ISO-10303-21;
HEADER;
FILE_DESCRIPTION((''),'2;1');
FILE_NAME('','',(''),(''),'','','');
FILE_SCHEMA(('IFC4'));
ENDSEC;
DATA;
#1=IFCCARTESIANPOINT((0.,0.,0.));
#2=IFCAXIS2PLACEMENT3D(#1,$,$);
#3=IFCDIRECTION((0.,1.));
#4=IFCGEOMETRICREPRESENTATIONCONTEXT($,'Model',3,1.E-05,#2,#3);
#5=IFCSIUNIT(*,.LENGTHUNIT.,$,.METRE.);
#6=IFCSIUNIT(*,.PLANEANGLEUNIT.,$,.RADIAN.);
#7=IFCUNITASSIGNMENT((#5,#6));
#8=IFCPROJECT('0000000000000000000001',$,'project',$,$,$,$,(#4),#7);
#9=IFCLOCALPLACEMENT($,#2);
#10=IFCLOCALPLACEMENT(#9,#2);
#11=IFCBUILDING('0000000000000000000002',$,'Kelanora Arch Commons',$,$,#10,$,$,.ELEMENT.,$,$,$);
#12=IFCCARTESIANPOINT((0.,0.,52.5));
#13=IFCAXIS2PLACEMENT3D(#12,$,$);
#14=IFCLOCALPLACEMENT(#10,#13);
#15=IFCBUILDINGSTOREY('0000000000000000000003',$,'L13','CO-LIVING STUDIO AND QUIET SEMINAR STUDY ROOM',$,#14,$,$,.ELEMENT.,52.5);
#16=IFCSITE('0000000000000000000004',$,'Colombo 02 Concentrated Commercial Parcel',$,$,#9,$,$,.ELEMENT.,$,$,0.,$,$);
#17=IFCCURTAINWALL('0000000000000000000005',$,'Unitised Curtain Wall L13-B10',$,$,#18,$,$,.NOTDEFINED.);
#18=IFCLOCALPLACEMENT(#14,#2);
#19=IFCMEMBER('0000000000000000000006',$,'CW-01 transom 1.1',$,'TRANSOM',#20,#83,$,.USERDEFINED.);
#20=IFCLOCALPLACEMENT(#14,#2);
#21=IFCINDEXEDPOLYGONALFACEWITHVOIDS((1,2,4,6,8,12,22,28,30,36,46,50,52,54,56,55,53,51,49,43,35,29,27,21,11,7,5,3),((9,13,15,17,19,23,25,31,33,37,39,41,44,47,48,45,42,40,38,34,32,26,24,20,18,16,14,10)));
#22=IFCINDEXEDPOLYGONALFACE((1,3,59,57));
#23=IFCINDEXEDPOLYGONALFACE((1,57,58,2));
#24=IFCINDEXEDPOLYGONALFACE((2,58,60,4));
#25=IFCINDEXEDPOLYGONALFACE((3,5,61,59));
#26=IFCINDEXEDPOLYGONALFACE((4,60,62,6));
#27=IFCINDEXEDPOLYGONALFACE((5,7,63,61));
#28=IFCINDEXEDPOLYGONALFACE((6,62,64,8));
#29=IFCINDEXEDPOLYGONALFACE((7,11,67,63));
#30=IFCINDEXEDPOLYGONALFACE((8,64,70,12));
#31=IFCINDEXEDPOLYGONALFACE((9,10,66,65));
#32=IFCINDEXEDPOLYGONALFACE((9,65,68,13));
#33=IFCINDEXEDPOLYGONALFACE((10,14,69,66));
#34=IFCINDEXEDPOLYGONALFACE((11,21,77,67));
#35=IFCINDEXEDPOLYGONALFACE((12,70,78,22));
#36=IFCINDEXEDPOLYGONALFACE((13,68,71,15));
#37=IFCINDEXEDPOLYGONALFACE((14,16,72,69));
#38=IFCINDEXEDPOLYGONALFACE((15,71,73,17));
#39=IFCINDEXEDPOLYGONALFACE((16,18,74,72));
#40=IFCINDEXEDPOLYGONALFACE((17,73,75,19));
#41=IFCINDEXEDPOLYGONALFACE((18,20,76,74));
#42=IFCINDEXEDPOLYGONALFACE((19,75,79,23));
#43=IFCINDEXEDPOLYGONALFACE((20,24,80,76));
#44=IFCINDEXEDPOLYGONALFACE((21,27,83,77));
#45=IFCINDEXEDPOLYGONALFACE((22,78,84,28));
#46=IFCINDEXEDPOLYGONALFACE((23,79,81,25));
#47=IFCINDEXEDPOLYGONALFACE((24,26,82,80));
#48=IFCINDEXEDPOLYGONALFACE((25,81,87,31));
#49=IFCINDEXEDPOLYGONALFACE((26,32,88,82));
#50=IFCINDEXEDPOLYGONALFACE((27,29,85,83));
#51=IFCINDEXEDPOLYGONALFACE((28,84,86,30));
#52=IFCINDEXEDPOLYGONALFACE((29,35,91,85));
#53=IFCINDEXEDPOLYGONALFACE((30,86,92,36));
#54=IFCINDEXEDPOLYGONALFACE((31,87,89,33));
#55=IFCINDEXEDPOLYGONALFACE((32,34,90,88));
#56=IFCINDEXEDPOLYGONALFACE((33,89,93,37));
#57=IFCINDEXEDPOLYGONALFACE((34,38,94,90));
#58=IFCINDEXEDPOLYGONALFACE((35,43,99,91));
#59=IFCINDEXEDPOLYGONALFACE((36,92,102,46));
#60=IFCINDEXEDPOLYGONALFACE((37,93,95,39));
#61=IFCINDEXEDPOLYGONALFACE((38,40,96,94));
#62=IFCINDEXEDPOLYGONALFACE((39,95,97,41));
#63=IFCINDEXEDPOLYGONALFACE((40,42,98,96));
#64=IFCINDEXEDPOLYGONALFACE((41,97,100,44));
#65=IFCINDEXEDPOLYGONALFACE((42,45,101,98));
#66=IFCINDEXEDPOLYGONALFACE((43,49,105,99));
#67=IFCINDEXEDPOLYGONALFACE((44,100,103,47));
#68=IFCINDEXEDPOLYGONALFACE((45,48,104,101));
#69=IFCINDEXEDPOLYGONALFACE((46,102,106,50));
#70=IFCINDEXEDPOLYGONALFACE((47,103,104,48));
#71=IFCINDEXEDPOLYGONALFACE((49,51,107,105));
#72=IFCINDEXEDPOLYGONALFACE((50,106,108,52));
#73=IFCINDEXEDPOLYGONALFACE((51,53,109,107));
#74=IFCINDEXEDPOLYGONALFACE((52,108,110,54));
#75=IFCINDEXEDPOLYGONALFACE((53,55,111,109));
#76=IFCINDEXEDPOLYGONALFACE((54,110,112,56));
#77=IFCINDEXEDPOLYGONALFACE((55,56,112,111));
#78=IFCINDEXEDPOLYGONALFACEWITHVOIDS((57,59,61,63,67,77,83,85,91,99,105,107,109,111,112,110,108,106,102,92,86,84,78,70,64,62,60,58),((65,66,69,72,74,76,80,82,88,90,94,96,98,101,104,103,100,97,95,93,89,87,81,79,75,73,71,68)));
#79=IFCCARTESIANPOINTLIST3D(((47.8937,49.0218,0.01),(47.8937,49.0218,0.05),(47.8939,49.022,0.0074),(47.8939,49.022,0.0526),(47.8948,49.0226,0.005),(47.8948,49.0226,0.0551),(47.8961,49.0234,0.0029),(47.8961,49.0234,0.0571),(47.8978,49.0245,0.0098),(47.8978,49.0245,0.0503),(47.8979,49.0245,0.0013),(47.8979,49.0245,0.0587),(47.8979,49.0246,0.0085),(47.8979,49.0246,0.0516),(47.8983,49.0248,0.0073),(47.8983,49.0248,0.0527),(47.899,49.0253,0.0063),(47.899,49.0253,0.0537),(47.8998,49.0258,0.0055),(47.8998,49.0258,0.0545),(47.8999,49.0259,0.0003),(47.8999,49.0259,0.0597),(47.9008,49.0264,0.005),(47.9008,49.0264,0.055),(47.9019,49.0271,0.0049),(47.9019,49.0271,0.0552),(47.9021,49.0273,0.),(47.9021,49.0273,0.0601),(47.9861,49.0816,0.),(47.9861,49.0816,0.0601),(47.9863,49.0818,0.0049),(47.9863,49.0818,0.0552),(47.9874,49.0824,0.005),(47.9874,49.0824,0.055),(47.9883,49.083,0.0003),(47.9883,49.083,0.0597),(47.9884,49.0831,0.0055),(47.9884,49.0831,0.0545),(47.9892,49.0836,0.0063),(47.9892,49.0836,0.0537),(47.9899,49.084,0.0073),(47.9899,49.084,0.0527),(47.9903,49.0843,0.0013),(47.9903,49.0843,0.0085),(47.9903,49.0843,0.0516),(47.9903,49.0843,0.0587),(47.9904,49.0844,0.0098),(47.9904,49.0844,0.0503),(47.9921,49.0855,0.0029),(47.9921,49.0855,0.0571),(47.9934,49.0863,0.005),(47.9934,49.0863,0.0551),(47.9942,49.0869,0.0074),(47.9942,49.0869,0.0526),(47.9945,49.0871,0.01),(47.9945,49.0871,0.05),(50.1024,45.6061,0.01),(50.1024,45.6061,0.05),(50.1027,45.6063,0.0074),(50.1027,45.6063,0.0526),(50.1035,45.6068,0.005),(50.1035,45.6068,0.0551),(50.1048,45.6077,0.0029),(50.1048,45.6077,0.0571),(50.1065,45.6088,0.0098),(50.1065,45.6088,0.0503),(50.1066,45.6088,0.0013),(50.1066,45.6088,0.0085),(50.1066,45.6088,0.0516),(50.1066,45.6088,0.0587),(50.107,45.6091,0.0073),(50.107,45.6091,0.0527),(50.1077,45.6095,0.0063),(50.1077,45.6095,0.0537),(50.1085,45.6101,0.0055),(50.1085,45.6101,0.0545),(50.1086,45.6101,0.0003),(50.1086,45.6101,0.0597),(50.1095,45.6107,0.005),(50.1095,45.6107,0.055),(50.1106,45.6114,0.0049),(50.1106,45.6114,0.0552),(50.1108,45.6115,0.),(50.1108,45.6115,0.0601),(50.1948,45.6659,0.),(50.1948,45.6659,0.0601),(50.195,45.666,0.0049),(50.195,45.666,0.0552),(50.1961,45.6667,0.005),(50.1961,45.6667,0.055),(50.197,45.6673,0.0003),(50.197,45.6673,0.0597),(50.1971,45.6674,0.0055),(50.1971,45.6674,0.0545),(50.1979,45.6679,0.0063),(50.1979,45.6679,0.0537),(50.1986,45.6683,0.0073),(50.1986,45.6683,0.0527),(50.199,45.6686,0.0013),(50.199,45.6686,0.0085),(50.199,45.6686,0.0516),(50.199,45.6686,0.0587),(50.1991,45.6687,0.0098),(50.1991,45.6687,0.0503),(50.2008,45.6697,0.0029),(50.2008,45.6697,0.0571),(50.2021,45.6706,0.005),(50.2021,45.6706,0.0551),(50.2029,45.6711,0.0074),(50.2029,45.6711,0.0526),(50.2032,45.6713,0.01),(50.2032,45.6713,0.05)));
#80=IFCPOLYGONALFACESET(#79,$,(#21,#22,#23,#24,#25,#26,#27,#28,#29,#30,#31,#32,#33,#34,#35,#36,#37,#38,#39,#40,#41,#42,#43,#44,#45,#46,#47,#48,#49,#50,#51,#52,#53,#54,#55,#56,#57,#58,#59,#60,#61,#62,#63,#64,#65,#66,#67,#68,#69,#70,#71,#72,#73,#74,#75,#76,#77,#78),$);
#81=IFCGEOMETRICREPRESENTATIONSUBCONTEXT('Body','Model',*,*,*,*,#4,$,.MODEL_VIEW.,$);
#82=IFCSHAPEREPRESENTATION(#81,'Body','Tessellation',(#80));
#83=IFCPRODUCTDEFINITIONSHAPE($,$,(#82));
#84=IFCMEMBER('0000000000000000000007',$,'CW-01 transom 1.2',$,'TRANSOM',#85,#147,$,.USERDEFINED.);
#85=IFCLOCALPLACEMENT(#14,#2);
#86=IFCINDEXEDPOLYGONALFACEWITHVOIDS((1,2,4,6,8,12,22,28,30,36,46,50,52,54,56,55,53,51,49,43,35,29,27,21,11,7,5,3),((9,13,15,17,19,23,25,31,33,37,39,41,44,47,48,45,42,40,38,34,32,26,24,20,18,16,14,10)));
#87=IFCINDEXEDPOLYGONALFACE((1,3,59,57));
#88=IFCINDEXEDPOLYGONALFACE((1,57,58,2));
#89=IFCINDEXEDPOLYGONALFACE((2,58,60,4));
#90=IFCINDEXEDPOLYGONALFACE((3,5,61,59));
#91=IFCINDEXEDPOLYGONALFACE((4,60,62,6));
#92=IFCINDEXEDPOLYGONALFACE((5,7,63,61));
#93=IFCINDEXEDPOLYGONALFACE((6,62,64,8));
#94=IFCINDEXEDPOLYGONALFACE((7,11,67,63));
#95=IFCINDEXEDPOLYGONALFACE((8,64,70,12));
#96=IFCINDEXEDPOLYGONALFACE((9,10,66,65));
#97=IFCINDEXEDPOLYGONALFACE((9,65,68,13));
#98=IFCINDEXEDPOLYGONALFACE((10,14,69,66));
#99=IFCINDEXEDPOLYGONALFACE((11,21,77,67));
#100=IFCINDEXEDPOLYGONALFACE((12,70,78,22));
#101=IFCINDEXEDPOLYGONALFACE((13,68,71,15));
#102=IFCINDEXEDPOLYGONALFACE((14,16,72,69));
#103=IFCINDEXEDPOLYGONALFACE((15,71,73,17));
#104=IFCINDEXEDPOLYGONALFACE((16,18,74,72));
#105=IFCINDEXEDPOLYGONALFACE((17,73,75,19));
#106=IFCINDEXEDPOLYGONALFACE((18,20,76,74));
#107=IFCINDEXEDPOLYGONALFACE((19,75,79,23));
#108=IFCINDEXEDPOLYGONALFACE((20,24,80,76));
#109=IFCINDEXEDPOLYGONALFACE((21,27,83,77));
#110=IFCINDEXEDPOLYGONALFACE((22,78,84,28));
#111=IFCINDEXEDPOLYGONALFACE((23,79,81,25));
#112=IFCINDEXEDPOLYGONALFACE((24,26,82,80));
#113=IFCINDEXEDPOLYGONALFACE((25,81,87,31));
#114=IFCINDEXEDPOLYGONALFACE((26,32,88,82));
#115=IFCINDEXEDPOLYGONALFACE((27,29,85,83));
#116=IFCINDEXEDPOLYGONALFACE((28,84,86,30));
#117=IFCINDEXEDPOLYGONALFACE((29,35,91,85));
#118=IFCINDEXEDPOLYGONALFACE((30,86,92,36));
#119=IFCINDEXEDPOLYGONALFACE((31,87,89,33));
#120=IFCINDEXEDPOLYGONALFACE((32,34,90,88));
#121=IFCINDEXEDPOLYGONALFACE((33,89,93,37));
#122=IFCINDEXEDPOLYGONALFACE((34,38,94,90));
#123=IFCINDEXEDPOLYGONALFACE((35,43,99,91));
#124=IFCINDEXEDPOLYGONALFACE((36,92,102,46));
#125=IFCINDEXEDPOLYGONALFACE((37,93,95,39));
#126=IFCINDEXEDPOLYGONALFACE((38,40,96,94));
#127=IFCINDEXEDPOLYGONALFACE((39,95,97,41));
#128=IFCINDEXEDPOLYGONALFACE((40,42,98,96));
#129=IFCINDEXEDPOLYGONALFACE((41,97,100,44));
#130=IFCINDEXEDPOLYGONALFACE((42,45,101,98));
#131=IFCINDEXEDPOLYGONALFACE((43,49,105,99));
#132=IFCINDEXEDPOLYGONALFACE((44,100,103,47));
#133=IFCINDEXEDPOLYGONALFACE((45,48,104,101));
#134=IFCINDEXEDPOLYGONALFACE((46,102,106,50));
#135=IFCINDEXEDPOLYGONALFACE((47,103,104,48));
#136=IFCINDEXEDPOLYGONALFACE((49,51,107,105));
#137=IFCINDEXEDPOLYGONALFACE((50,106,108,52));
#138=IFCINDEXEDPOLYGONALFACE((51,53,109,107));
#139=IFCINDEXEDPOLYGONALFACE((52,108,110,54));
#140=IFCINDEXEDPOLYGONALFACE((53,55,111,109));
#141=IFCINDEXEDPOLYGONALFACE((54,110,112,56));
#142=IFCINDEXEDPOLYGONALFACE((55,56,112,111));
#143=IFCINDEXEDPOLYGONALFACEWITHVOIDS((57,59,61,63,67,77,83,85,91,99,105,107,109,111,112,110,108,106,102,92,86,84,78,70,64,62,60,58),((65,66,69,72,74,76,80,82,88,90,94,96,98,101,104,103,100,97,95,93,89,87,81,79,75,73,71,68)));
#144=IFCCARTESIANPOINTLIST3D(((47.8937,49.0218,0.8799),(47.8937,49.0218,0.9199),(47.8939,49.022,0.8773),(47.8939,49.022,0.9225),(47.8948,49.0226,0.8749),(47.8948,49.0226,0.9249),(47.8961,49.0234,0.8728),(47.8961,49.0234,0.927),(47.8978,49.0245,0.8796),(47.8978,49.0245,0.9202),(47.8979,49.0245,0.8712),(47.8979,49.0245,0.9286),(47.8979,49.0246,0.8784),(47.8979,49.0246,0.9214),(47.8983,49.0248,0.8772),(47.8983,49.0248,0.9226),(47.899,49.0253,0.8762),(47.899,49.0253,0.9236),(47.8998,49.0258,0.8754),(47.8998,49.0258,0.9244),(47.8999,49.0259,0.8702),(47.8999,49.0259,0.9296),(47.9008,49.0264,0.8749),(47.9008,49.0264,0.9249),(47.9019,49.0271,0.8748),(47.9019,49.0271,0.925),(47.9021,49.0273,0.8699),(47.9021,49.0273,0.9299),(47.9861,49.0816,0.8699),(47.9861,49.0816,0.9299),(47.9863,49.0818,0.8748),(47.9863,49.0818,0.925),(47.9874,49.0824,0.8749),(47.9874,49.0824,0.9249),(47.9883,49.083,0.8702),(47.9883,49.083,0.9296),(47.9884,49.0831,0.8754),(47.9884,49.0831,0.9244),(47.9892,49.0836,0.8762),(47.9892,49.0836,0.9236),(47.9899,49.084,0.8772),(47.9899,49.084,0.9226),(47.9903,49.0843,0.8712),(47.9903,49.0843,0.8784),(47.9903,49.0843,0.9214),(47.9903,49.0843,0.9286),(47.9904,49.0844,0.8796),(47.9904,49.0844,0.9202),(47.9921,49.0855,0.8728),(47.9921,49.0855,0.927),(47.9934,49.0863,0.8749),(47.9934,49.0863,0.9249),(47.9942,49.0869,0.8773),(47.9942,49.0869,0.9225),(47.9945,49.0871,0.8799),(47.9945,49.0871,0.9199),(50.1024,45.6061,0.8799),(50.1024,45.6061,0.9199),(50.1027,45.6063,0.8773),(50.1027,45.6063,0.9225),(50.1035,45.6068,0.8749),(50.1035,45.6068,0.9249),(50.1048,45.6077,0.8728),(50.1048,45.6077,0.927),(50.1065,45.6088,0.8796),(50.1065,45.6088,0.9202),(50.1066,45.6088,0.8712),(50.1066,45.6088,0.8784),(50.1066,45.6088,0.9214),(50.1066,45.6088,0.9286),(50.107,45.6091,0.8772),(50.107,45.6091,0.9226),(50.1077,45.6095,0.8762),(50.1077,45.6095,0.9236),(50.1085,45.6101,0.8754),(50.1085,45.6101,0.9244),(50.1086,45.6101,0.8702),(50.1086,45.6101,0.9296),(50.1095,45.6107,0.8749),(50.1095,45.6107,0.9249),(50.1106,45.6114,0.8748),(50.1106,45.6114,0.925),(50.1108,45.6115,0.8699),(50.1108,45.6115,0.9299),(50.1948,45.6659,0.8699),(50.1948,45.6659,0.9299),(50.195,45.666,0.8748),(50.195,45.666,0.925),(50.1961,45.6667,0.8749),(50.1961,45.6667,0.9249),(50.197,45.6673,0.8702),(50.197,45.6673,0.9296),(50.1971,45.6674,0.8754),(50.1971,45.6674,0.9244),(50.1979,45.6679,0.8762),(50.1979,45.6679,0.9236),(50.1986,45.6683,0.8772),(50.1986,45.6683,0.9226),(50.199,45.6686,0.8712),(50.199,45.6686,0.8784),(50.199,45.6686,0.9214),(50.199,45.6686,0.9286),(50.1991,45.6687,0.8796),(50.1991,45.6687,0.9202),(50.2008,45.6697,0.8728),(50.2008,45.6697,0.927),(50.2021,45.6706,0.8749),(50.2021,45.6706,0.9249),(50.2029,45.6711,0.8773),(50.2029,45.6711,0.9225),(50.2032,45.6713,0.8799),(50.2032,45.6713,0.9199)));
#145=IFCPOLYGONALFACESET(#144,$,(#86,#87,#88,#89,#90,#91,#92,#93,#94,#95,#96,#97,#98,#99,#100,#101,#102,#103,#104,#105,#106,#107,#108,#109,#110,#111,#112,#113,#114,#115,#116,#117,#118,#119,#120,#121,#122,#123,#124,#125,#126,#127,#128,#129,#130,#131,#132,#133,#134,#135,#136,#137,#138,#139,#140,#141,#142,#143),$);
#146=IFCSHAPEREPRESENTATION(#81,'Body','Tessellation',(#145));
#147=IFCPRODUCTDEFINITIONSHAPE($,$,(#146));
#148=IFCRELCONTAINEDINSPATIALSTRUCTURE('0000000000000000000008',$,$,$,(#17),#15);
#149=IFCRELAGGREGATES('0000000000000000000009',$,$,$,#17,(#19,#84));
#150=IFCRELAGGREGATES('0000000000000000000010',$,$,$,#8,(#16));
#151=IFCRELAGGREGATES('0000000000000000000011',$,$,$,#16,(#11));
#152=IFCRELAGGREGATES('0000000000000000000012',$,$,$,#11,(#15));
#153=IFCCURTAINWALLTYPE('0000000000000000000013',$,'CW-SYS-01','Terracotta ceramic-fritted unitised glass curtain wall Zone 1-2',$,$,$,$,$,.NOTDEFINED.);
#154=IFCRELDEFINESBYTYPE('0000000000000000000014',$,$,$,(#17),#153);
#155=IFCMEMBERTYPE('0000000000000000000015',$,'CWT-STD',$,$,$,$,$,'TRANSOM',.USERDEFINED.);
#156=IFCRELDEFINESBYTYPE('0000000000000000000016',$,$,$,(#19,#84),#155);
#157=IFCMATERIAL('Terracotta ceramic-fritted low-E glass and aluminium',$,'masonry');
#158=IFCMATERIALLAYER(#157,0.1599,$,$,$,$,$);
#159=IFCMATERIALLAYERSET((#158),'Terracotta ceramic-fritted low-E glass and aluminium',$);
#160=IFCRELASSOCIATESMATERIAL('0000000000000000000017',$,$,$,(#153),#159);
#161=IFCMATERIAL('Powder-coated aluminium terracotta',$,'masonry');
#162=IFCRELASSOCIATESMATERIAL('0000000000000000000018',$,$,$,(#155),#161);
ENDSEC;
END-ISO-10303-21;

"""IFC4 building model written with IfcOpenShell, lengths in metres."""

from ifc_helpers import new_model, si_unit, direction, frame, origin, origin_2d, place, context, subcontext, project, spatial, hollow_rectangle, extrude, material, layer, layer_set, material_profile, profile_set, type_object, element, aggregate, save


model = new_model("IFC4")

# Units and contexts
model_context = context("Model", 3, precision=1e-05, world=origin(), true_north=direction((0.0, 1.0)))
body_context = subcontext(model_context, "Body", "Model", "MODEL_VIEW")
ifc_project = project(units=[si_unit("LENGTHUNIT", "METRE"), si_unit("PLANEANGLEUNIT", "RADIAN")], contexts=[model_context])

# Site, building, storey
site_placement = place(None, origin())
site = spatial("IfcSite", under=ifc_project, at=site_placement, Name="Colombo 02 Concentrated Commercial Parcel", CompositionType="ELEMENT", RefElevation=0.0)
building_placement = place(site_placement, origin())
building = spatial("IfcBuilding", under=site, at=building_placement, Name="Kelanora Arch Commons", CompositionType="ELEMENT")
storey_placement = place(building_placement, frame((0.0, 0.0, 52.5)))
storey = spatial("IfcBuildingStorey", under=building, at=storey_placement, Name="L13", Description="CO-LIVING STUDIO AND QUIET SEMINAR STUDY ROOM", CompositionType="ELEMENT", Elevation=52.5)

# Shared definitions
ifc_material_1 = material(Name="Terracotta ceramic-fritted low-E glass and aluminium", Category="masonry")
ifc_layer_1 = layer(ifc_material_1, 0.1599)
ifc_layer_set_1 = layer_set([ifc_layer_1], Name="Terracotta ceramic-fritted low-E glass and aluminium")
curtain_wall_type = type_object("IfcCurtainWallType", Name="CW-SYS-01", Description="Terracotta ceramic-fritted unitised glass curtain wall Zone 1-2", PredefinedType="NOTDEFINED", material=ifc_layer_set_1)
ifc_material_2 = material(Name="Powder-coated aluminium terracotta", Category="masonry")

# Curtain wall, members
curtain_wall_1_placement = place(storey_placement, origin())
curtain_wall_1 = element("IfcCurtainWall", 1, at=curtain_wall_1_placement, inside=storey, type_object=curtain_wall_type, Name="Unitised Curtain Wall L13-B10", PredefinedType="NOTDEFINED")
ifc_material_profile_1 = material_profile(ifc_material_2, hollow_rectangle(XDim=0.1201, YDim=0.0601, WallThickness=0.0049, InnerFilletRadius=0.0049, OuterFilletRadius=0.01, at=origin_2d()), Name="CWT120x60")
ifc_profile_set_1 = profile_set([ifc_material_profile_1], Name="Powder-coated aluminium terracotta")
member_type_1 = type_object("IfcMemberType", Name="CWT-STD", ElementType="TRANSOM", PredefinedType="USERDEFINED", material=ifc_profile_set_1)
member_1_placement = place(storey_placement, frame((47.9441, 49.0544, 0.03), z_axis=(0.542997, -0.839734, 0.0), x_axis=(0.839734, 0.542997, 0.0)))
member_1 = element("IfcMember", 2, at=member_1_placement, type_object=member_type_1, Name="CW-01 transom 1.1", ObjectType="TRANSOM", PredefinedType="USERDEFINED", context=body_context, shape_type="SweptSolid", body=[
    extrude(hollow_rectangle(XDim=0.1201, YDim=0.0601, WallThickness=0.0049, InnerFilletRadius=0.0049, OuterFilletRadius=0.01, at=origin_2d()), origin(), (0.0, 0.0, 1.0), 4.0676),
])
member_2_placement = place(storey_placement, frame((47.9441, 49.0544, 0.8999), z_axis=(0.542997, -0.839734, 0.0), x_axis=(0.839734, 0.542997, 0.0)))
member_2 = element("IfcMember", 3, at=member_2_placement, type_object=member_type_1, Name="CW-01 transom 1.2", ObjectType="TRANSOM", PredefinedType="USERDEFINED", context=body_context, shape_type="SweptSolid", body=[
    extrude(hollow_rectangle(XDim=0.1201, YDim=0.0601, WallThickness=0.0049, InnerFilletRadius=0.0049, OuterFilletRadius=0.01, at=origin_2d()), origin(), (0.0, 0.0, 1.0), 4.0676),
])

aggregate(curtain_wall_1, [member_1, member_2])

save(model, "model.ifc")
